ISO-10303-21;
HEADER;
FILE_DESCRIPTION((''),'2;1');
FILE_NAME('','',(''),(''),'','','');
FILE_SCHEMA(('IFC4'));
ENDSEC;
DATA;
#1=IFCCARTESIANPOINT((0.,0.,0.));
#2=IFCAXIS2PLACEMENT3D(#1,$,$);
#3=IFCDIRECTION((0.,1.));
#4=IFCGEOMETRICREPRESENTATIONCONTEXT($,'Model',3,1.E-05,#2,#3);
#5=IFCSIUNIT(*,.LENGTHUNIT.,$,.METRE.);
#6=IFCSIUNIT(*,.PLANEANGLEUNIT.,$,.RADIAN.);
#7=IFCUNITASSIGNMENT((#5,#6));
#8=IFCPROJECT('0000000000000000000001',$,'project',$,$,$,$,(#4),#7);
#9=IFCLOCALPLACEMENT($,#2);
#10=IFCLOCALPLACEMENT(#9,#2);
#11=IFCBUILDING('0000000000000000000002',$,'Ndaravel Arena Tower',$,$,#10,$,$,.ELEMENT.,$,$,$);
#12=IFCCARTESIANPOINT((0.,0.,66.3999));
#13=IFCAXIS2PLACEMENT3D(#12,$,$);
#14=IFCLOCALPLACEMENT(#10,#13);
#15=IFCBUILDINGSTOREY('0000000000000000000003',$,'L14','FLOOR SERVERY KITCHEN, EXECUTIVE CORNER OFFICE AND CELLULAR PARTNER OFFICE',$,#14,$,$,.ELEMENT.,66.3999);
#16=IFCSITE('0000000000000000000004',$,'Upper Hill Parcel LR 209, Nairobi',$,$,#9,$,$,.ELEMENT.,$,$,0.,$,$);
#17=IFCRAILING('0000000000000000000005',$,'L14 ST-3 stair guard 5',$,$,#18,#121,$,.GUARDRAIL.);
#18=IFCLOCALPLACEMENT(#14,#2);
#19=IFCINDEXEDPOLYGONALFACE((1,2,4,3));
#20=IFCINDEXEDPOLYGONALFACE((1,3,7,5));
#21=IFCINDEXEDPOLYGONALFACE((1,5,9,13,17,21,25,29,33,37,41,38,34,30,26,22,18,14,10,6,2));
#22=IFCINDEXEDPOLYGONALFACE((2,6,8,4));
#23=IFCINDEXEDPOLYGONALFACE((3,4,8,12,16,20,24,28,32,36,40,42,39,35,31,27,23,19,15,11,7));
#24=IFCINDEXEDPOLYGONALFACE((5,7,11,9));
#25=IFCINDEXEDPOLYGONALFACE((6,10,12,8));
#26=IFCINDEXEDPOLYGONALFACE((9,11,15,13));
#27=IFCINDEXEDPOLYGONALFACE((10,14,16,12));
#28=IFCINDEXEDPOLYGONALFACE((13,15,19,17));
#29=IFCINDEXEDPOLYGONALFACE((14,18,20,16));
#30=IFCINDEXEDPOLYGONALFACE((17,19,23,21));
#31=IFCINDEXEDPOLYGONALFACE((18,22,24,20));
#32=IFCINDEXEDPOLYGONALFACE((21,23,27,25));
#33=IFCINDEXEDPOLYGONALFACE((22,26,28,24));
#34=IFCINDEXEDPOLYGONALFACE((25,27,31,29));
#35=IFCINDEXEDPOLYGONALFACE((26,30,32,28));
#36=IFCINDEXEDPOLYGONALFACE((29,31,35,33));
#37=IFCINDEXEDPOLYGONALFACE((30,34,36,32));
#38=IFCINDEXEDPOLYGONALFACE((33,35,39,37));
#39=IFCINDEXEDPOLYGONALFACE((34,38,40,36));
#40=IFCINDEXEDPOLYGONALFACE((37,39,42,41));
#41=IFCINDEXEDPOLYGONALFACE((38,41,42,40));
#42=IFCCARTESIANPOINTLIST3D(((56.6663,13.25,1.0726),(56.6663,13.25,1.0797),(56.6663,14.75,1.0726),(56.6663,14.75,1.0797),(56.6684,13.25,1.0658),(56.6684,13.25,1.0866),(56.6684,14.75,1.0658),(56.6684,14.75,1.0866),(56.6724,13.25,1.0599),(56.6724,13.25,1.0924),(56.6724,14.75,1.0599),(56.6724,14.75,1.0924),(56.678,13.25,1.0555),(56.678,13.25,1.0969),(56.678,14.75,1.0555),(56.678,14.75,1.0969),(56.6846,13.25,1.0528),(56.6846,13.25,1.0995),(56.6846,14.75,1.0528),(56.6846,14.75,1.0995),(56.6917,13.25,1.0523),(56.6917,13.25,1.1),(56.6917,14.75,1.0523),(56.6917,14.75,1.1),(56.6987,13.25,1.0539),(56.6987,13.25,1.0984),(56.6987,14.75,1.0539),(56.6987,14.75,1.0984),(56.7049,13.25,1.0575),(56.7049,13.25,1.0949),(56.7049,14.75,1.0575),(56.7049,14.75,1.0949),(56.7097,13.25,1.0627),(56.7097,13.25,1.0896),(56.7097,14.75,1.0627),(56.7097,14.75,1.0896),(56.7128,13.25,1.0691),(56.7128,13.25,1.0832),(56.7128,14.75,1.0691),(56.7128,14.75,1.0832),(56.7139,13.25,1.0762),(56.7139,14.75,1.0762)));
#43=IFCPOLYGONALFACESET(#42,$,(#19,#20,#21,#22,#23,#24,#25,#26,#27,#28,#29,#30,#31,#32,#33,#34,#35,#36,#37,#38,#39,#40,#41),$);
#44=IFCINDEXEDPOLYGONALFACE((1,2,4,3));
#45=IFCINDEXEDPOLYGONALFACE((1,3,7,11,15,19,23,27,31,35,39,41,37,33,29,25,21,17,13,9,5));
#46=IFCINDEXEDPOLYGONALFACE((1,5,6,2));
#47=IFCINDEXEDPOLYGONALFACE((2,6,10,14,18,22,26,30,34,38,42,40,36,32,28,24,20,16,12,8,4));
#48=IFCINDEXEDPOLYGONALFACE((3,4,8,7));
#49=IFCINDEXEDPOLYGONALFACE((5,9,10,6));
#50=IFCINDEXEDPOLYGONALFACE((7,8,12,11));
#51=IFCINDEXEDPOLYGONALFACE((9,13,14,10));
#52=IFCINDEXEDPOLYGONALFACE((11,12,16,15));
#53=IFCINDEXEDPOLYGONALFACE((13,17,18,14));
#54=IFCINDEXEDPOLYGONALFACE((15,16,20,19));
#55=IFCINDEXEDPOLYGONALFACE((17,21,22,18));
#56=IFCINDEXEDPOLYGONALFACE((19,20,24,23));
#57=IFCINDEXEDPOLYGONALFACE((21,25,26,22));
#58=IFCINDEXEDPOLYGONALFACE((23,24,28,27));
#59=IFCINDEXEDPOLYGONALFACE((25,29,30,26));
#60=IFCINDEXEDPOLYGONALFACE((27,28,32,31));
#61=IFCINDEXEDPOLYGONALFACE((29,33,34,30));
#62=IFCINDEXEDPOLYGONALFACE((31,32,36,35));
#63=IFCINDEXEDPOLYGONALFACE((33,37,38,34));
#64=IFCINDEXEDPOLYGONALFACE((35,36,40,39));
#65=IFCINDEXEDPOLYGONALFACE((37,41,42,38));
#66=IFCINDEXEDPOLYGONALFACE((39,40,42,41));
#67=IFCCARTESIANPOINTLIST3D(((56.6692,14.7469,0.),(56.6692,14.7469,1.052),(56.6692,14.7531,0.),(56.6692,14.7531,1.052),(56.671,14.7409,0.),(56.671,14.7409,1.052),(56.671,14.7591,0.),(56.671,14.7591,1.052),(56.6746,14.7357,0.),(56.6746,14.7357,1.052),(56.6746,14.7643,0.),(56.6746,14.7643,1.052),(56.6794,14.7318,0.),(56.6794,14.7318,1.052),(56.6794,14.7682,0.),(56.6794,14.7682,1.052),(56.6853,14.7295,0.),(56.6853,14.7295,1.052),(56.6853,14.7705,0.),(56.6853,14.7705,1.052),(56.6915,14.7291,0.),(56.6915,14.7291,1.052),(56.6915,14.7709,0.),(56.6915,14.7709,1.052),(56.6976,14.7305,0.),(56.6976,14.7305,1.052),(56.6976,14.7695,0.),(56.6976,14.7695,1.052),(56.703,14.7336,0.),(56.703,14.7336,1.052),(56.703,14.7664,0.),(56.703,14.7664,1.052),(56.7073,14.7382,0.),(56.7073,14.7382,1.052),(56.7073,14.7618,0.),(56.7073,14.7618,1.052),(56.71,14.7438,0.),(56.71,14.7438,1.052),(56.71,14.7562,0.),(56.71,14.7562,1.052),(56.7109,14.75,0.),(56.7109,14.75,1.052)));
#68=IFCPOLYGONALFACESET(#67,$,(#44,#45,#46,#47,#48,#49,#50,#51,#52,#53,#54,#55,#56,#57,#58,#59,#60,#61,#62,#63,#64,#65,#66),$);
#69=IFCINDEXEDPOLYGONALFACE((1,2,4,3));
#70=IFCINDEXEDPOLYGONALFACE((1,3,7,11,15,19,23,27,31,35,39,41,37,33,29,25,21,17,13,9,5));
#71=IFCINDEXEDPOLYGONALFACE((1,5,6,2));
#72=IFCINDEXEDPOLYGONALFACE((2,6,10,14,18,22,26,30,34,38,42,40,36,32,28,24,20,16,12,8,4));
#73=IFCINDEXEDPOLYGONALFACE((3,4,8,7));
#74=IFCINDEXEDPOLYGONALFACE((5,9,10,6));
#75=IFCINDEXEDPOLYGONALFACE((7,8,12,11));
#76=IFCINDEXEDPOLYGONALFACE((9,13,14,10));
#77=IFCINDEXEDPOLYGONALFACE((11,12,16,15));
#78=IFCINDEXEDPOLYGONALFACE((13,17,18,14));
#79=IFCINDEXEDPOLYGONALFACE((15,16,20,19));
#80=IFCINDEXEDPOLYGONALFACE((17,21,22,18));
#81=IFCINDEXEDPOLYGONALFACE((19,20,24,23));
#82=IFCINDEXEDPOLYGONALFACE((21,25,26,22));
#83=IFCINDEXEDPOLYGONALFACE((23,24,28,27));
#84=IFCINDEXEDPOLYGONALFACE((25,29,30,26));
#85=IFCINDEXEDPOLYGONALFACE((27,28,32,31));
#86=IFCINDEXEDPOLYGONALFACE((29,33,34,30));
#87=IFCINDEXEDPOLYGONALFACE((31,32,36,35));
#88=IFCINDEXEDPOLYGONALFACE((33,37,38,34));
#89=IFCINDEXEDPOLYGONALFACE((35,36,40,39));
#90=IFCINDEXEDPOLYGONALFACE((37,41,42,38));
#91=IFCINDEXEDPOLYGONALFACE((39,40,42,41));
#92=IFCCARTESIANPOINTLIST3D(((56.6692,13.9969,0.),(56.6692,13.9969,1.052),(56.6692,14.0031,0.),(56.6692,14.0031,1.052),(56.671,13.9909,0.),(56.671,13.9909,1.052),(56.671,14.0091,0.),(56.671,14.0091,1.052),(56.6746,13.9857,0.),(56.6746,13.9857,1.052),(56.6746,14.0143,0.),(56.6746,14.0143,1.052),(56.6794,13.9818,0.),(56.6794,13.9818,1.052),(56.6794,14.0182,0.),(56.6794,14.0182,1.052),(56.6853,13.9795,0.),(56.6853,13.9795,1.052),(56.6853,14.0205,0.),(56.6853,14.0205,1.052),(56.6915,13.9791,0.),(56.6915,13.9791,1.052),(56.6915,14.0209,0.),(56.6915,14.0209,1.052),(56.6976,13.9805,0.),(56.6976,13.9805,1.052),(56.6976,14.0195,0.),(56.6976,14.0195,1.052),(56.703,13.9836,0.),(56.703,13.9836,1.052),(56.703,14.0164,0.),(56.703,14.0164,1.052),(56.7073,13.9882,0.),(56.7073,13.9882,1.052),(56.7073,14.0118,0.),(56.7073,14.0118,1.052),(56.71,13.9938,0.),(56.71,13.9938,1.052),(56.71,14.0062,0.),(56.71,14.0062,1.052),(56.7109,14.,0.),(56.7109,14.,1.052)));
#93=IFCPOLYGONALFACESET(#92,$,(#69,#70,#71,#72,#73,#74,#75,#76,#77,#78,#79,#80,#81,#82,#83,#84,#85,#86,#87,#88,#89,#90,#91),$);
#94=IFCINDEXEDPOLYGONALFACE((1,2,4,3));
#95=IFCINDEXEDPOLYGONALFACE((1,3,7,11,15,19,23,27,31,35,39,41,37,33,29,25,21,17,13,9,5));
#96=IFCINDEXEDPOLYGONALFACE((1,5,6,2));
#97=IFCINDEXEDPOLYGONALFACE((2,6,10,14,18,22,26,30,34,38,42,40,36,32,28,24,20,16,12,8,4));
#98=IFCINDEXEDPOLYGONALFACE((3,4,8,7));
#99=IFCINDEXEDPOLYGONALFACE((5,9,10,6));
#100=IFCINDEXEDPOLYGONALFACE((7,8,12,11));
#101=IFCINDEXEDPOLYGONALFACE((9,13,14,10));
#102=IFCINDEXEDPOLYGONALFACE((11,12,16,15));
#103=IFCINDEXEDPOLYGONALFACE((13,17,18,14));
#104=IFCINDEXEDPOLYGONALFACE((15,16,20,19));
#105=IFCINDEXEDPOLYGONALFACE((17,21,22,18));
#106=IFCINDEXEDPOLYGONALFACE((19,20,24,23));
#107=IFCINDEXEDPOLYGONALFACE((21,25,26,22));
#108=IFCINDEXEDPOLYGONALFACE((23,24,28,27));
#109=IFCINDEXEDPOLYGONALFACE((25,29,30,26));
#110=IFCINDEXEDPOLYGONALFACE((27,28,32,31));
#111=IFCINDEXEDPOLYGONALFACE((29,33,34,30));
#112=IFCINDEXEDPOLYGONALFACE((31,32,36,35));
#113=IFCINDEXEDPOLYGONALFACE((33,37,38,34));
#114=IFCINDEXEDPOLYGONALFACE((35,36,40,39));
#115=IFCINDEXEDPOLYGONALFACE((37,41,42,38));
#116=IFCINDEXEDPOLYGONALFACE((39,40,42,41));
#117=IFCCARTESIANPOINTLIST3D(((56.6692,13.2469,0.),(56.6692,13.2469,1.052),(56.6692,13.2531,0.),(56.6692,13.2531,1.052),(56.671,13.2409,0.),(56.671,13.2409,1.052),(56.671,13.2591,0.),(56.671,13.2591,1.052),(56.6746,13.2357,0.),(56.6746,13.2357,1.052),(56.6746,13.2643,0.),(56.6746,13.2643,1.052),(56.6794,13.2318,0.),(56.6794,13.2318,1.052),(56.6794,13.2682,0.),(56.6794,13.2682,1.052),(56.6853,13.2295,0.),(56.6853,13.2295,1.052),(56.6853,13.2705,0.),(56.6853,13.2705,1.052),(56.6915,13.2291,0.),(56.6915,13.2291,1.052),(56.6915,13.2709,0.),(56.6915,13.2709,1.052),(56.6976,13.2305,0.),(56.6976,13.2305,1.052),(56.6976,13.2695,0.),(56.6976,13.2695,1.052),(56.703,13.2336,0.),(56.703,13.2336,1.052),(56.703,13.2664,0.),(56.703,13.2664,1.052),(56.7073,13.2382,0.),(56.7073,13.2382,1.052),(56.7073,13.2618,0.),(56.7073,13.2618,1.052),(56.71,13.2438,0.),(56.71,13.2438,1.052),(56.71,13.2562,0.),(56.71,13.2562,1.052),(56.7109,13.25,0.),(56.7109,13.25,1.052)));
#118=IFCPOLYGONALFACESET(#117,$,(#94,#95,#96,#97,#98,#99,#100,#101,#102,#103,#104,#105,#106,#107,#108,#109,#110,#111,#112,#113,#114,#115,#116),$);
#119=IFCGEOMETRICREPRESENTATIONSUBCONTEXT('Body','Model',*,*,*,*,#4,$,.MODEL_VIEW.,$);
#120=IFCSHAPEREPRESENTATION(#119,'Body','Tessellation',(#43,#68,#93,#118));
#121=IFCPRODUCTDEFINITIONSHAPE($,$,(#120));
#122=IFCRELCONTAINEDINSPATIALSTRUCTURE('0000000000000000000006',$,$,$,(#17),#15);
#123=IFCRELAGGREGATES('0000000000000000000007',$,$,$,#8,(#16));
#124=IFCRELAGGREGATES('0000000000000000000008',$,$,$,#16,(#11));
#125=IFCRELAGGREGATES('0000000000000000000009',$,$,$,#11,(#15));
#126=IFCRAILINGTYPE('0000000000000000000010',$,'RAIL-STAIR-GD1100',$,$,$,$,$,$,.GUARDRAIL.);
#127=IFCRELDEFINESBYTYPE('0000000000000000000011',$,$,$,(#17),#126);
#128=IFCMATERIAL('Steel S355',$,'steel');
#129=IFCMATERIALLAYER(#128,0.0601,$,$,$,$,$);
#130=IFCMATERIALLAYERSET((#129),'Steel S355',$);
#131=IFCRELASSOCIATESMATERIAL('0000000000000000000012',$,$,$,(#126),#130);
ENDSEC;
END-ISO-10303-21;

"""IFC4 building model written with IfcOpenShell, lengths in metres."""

from ifc_helpers import new_model, si_unit, direction, frame, origin, origin_2d, place, context, subcontext, project, spatial, circle, extrude, material, layer, layer_set, type_object, element, save


model = new_model("IFC4")

# Units and contexts
model_context = context("Model", 3, precision=1e-05, world=origin(), true_north=direction((0.0, 1.0)))
body_context = subcontext(model_context, "Body", "Model", "MODEL_VIEW")
ifc_project = project(units=[si_unit("LENGTHUNIT", "METRE"), si_unit("PLANEANGLEUNIT", "RADIAN")], contexts=[model_context])

# Site, building, storey
site_placement = place(None, origin())
site = spatial("IfcSite", under=ifc_project, at=site_placement, Name="Upper Hill Parcel LR 209, Nairobi", CompositionType="ELEMENT", RefElevation=0.0)
building_placement = place(site_placement, origin())
building = spatial("IfcBuilding", under=site, at=building_placement, Name="Ndaravel Arena Tower", CompositionType="ELEMENT")
storey_placement = place(building_placement, frame((0.0, 0.0, 66.3999)))
storey = spatial("IfcBuildingStorey", under=building, at=storey_placement, Name="L14", Description="FLOOR SERVERY KITCHEN, EXECUTIVE CORNER OFFICE AND CELLULAR PARTNER OFFICE", CompositionType="ELEMENT", Elevation=66.3999)

# Railing
ifc_material_1 = material(Name="Steel S355", Category="steel")
ifc_layer_1 = layer(ifc_material_1, 0.0601)
ifc_layer_set_1 = layer_set([ifc_layer_1], Name="Steel S355")
railing_type = type_object("IfcRailingType", Name="RAIL-STAIR-GD1100", PredefinedType="GUARDRAIL", material=ifc_layer_set_1)
for number, where, name in (
    (1, (56.6899, 14.75, 0.0), "L14 ST-3 stair guard 5"),
):
    element("IfcRailing", number, at=place(storey_placement, frame(where)), inside=storey, type_object=railing_type, Name=name, PredefinedType="GUARDRAIL", context=body_context, shape_type="SweptSolid", body=[
        extrude(circle(Radius=0.0239, at=origin_2d()), frame((0.0, 0.0, 1.0762), z_axis=(0.0, -1.0, 0.0), x_axis=(1.0, 0.0, 0.0)), (0.0, 0.0, 1.0), 1.5),
        extrude(circle(Radius=0.021, at=origin_2d()), origin(), (0.0, 0.0, 1.0), 1.052),
        extrude(circle(Radius=0.021, at=origin_2d()), frame((0.0, -0.75, 0.0)), (0.0, 0.0, 1.0), 1.052),
        extrude(circle(Radius=0.021, at=origin_2d()), frame((0.0, -1.5, 0.0)), (0.0, 0.0, 1.0), 1.052),
    ])

save(model, "model.ifc")
